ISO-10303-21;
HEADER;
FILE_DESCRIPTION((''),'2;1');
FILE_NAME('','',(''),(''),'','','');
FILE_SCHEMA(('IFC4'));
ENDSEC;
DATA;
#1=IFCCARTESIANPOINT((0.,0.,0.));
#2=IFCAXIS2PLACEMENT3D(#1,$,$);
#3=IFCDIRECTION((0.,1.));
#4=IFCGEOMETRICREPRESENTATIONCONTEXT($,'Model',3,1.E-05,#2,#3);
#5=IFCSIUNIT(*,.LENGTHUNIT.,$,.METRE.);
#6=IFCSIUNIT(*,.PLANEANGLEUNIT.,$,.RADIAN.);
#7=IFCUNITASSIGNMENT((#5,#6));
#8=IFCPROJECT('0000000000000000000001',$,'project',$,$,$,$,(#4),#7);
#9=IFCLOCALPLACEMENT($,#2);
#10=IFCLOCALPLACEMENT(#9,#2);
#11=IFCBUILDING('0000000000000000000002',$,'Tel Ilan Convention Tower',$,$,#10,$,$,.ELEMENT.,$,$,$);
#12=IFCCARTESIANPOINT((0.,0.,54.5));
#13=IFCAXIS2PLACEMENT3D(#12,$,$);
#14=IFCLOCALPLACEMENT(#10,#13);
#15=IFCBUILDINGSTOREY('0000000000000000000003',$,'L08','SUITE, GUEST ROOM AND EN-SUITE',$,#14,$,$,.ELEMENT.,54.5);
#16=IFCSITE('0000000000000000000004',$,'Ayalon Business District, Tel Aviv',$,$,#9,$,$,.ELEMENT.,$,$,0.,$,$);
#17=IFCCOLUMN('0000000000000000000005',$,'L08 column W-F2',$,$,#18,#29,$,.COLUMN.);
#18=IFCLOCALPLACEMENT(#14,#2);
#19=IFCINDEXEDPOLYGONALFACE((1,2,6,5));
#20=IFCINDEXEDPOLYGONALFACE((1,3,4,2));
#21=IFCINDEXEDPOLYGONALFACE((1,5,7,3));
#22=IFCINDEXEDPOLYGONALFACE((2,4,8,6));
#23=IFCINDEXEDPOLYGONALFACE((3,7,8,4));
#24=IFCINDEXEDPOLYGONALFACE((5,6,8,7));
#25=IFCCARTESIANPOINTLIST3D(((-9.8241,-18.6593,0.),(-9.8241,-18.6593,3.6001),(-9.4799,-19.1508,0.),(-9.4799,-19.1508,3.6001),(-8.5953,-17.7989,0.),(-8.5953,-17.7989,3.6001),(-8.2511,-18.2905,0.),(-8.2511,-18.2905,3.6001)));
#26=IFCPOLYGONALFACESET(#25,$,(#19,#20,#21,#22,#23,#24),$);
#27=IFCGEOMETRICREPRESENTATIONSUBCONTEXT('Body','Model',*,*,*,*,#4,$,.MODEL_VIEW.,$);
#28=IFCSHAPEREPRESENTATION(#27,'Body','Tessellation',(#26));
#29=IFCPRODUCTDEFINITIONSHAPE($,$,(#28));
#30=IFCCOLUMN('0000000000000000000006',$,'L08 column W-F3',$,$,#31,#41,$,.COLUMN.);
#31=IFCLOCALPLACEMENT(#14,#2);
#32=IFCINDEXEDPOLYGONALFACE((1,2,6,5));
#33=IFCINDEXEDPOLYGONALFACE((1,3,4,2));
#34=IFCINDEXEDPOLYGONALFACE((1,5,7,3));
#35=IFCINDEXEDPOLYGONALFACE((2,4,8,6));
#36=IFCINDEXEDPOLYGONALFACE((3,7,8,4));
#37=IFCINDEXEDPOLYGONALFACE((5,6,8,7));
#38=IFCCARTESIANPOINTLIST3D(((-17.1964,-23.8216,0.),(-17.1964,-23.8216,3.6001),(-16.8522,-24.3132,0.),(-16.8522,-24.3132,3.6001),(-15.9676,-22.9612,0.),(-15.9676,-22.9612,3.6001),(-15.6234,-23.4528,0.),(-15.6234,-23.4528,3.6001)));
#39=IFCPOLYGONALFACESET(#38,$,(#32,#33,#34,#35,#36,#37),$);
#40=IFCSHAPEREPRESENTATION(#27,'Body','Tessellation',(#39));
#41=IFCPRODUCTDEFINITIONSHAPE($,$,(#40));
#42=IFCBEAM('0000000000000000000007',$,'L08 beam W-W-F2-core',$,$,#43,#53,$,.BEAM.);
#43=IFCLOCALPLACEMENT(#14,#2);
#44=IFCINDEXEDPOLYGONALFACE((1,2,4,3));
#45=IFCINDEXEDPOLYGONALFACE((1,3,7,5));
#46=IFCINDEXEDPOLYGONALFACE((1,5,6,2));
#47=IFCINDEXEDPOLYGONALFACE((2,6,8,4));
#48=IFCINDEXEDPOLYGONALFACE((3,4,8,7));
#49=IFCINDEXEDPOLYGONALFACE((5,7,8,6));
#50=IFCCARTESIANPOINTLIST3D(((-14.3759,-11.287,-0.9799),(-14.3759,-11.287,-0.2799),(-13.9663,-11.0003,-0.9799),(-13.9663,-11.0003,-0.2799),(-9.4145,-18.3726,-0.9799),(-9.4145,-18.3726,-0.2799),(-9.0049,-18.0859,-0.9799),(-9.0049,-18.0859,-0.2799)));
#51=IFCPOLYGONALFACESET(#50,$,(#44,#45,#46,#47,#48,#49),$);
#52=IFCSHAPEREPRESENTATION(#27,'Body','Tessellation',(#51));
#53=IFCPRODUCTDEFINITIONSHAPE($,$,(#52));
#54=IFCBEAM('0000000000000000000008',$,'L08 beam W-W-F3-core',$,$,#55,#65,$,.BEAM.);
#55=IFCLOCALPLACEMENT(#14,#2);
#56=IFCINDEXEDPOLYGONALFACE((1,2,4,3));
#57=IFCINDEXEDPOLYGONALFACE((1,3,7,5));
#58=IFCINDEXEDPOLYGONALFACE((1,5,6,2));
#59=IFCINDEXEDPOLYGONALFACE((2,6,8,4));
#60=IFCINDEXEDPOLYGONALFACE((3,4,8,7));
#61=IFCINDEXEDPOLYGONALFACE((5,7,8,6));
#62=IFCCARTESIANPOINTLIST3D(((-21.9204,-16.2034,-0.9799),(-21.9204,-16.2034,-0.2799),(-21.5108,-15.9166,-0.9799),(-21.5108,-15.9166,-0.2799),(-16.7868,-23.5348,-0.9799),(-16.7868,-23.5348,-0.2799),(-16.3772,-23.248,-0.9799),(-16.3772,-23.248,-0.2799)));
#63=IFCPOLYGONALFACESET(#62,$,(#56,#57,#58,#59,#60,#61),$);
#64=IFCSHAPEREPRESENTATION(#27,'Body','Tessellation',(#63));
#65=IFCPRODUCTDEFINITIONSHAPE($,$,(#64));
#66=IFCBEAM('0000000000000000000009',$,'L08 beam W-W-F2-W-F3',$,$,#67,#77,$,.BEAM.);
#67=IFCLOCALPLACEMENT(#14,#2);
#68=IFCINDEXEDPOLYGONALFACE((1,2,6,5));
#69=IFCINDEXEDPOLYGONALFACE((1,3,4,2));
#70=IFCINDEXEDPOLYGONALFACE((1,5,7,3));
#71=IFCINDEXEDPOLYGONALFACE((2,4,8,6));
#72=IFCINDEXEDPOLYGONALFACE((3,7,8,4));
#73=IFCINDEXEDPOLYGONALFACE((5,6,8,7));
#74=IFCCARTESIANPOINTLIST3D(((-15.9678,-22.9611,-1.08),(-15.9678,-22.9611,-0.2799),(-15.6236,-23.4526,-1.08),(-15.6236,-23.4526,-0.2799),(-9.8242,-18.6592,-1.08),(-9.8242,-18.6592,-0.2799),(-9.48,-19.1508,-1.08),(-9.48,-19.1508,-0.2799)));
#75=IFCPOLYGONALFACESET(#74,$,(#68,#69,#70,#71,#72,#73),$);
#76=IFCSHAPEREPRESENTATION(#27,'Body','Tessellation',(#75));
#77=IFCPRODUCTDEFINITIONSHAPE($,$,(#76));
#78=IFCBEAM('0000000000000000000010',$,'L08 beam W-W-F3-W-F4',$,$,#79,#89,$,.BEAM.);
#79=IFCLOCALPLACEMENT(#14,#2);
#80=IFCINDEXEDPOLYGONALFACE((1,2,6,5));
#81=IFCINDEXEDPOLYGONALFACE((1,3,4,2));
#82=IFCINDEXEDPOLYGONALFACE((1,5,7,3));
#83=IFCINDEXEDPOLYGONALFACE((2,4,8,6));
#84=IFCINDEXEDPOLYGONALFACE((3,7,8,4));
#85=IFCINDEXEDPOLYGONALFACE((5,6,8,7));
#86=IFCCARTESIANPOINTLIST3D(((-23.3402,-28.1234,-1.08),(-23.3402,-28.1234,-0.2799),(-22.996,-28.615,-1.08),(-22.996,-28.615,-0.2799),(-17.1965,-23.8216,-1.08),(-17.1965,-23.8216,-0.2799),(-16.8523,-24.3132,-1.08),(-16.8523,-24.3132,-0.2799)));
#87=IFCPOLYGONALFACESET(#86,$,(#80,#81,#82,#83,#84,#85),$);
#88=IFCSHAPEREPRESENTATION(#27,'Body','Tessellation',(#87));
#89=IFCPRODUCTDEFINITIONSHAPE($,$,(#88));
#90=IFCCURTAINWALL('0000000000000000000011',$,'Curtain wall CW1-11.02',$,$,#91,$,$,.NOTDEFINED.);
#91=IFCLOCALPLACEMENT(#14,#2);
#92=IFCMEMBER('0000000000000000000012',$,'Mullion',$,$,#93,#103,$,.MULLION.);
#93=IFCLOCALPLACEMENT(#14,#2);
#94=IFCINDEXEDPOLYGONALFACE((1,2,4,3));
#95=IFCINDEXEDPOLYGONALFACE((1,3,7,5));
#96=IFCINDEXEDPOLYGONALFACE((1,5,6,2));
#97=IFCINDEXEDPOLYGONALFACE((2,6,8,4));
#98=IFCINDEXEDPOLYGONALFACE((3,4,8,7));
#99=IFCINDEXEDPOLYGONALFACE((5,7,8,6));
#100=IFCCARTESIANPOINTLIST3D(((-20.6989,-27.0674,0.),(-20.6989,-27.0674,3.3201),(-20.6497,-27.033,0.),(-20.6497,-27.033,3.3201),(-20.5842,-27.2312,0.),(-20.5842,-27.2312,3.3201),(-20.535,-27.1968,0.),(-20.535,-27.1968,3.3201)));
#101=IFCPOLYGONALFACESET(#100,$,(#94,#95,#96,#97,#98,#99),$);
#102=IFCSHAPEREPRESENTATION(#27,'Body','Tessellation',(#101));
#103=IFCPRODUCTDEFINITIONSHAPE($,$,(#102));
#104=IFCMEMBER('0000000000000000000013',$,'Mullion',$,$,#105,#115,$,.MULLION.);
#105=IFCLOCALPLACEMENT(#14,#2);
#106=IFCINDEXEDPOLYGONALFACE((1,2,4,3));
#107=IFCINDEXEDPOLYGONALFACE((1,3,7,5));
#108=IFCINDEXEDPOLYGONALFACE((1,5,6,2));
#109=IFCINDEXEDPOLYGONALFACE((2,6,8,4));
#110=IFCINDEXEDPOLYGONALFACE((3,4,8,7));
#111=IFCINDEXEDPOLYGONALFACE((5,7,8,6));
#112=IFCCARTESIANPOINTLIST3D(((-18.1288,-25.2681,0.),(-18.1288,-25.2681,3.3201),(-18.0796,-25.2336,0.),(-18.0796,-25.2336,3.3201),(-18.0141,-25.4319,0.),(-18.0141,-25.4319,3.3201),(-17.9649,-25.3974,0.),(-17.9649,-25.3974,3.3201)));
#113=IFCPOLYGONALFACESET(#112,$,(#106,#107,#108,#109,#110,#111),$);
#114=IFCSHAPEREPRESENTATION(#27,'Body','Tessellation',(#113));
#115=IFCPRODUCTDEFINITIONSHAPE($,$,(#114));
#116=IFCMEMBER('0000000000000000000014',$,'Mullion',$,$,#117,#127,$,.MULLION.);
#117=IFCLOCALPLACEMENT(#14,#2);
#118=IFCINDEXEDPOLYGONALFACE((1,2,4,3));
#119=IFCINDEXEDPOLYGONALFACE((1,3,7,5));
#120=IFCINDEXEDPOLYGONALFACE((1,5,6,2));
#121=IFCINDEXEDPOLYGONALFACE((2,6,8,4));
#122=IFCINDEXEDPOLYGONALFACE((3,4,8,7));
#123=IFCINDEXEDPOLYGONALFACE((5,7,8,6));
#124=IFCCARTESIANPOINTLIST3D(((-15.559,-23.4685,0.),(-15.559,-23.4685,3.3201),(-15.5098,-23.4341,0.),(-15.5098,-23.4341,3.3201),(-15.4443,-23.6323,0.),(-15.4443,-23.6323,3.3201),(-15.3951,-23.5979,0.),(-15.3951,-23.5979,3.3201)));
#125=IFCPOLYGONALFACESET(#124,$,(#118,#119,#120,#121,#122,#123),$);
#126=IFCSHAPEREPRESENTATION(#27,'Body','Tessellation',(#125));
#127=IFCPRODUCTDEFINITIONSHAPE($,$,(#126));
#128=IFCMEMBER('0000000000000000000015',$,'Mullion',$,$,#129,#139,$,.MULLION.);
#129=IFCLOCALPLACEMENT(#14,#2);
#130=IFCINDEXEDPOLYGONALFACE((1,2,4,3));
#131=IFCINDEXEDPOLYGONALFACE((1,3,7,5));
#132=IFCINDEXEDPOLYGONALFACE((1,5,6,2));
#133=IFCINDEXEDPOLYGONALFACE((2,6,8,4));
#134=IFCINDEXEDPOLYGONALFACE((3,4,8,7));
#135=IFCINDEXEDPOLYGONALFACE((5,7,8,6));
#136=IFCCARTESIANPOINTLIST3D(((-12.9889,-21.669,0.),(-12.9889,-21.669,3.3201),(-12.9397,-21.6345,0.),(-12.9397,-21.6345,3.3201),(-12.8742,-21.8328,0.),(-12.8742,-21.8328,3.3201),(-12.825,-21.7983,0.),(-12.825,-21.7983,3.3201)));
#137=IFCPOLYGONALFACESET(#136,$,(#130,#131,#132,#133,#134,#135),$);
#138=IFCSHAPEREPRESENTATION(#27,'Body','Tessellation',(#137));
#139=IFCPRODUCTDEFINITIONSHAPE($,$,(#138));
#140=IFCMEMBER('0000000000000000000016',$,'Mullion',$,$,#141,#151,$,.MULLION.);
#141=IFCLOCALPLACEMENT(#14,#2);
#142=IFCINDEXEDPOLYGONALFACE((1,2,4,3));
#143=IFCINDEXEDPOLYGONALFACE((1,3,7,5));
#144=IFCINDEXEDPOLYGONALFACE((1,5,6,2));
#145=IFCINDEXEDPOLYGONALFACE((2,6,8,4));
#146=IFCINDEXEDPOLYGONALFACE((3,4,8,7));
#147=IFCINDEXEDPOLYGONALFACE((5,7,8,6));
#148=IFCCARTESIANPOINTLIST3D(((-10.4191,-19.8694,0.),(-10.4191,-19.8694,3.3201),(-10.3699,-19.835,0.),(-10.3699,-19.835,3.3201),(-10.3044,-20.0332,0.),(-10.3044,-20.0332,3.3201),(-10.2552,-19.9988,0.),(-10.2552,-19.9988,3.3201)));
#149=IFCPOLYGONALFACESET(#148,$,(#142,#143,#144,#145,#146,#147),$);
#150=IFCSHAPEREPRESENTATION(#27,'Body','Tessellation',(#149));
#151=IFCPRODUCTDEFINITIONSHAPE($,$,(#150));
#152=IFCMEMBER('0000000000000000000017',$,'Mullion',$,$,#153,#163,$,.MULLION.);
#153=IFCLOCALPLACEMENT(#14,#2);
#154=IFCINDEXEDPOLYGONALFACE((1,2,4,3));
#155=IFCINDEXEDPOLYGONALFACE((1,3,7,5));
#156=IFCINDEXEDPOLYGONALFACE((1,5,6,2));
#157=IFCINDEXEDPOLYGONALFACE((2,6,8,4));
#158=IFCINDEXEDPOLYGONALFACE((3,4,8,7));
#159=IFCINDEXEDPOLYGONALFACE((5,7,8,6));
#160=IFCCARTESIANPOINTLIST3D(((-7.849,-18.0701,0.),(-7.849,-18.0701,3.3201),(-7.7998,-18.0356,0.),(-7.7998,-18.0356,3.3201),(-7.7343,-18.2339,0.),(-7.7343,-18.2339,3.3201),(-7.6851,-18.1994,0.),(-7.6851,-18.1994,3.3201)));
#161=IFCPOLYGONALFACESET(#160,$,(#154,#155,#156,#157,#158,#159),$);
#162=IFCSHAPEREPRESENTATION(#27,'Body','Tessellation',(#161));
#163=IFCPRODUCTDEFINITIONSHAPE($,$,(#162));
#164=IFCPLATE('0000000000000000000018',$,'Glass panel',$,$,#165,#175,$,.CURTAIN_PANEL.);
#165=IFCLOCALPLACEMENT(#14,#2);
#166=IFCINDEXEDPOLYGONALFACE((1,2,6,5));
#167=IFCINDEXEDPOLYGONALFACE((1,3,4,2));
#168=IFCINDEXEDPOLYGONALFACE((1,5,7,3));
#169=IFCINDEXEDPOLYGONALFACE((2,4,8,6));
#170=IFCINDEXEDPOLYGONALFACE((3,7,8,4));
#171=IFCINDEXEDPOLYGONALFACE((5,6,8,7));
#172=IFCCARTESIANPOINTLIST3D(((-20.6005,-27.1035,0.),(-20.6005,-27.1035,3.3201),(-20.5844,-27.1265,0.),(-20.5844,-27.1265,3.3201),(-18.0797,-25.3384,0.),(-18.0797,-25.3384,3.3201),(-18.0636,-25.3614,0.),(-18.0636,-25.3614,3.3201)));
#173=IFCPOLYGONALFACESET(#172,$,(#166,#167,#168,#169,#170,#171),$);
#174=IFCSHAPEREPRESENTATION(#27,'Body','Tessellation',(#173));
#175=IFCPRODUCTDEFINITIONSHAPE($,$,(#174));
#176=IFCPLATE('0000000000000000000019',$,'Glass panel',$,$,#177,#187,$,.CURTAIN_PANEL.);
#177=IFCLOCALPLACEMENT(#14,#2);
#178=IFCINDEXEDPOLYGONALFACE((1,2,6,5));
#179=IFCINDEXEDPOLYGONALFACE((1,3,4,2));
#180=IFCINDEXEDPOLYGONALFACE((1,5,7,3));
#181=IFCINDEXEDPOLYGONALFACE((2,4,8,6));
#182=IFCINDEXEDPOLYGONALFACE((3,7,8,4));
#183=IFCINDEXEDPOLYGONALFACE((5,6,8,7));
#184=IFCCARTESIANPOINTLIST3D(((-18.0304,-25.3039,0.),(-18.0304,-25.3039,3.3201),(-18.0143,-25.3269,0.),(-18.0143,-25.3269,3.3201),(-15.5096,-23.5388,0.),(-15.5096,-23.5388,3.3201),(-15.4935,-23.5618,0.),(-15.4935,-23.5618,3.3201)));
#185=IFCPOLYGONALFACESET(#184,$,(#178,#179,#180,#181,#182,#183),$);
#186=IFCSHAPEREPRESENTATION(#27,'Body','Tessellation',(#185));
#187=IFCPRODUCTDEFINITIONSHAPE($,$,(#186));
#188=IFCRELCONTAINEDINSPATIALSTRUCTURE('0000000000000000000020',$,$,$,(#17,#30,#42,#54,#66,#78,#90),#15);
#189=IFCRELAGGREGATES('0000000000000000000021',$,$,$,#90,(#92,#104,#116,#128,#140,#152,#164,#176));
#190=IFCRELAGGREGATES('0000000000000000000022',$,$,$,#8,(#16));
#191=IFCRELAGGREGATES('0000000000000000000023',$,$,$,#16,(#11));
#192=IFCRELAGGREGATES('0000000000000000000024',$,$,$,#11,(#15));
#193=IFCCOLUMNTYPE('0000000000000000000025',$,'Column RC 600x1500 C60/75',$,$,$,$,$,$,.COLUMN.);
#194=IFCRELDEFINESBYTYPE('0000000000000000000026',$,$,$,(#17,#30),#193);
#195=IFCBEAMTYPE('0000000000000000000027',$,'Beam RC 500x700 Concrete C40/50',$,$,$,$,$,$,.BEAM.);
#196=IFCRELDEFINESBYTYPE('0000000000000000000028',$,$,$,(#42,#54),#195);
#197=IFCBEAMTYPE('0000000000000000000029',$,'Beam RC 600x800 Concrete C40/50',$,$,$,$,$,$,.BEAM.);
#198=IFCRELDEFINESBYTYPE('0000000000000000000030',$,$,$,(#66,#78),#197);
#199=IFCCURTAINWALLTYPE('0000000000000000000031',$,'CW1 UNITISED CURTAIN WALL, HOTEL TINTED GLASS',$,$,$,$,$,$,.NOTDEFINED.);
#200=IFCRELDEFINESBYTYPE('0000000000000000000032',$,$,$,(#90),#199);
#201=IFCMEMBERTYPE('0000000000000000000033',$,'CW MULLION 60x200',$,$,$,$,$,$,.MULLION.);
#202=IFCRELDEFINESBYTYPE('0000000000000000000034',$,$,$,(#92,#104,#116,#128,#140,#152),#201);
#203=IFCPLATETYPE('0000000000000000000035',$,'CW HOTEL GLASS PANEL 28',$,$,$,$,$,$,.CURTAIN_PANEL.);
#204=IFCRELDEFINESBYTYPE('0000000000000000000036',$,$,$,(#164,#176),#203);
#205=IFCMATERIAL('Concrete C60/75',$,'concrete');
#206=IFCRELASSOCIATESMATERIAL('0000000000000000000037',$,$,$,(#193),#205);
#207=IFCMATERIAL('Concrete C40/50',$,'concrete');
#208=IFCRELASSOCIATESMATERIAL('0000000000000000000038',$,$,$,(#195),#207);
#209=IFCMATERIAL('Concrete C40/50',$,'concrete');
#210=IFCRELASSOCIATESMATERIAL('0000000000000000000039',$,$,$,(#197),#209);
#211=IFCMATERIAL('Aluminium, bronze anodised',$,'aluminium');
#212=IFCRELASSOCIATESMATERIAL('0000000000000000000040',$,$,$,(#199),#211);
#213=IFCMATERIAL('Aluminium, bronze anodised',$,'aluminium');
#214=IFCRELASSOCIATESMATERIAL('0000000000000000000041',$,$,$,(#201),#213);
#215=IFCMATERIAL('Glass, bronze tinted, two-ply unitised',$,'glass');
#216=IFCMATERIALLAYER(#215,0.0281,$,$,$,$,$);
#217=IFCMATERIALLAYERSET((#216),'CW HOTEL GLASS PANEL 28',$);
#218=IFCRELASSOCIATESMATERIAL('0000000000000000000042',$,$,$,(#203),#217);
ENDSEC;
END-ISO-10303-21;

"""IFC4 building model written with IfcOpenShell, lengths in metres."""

from ifc_helpers import new_model, si_unit, direction, frame, origin, origin_2d, place, context, subcontext, project, spatial, rectangle, extrude, material, layer, layer_set, material_profile, profile_set, type_object, element, aggregate, save


model = new_model("IFC4")

# Units and contexts
model_context = context("Model", 3, precision=1e-05, world=origin(), true_north=direction((0.0, 1.0)))
body_context = subcontext(model_context, "Body", "Model", "MODEL_VIEW")
ifc_project = project(units=[si_unit("LENGTHUNIT", "METRE"), si_unit("PLANEANGLEUNIT", "RADIAN")], contexts=[model_context])

# Site, building, storey
site_placement = place(None, origin())
site = spatial("IfcSite", under=ifc_project, at=site_placement, Name="Ayalon Business District, Tel Aviv", CompositionType="ELEMENT", RefElevation=0.0)
building_placement = place(site_placement, origin())
building = spatial("IfcBuilding", under=site, at=building_placement, Name="Tel Ilan Convention Tower", CompositionType="ELEMENT")
storey_placement = place(building_placement, frame((0.0, 0.0, 54.5)))
storey = spatial("IfcBuildingStorey", under=building, at=storey_placement, Name="L08", Description="SUITE, GUEST ROOM AND EN-SUITE", CompositionType="ELEMENT", Elevation=54.5)

# Columns
ifc_material_1 = material(Name="Concrete C60/75", Category="concrete")
ifc_material_profile_1 = material_profile(ifc_material_1, rectangle(XDim=1.5, YDim=0.6001, at=origin_2d()), Name="RC 600x1500")
ifc_profile_set_1 = profile_set([ifc_material_profile_1], Name="Concrete C60/75")
column_type = type_object("IfcColumnType", Name="Column RC 600x1500 C60/75", PredefinedType="COLUMN", material=ifc_profile_set_1)
for number, where, z_axis, x_axis, name in (
    (1, (-9.0376, -18.4749, 0.0), (0.0, 0.0, 1.0), (-0.819152, -0.573576, 0.0), "L08 column W-F2"),
    (2, (-16.4099, -23.6372, 0.0), (0.0, 0.0, 1.0), (-0.819152, -0.573576, 0.0), "L08 column W-F3"),
):
    element("IfcColumn", number, at=place(storey_placement, frame(where, z_axis=z_axis, x_axis=x_axis)), inside=storey, type_object=column_type, Name=name, PredefinedType="COLUMN", context=body_context, shape_type="SweptSolid", body=[
        extrude(rectangle(XDim=1.5, YDim=0.6001, at=origin_2d()), origin(), (0.0, 0.0, 1.0), 3.6001),
    ])

# Beams
ifc_material_2 = material(Name="Concrete C40/50", Category="concrete")
ifc_material_profile_2 = material_profile(ifc_material_2, rectangle(XDim=0.5, YDim=0.7, at=origin_2d()), Name="RC 500x700")
ifc_profile_set_2 = profile_set([ifc_material_profile_2], Name="Concrete C40/50")
beam_type_1 = type_object("IfcBeamType", Name="Beam RC 500x700 Concrete C40/50", PredefinedType="BEAM", material=ifc_profile_set_2)
beam_1_placement = place(storey_placement, frame((-9.2097, -18.2292, -0.6299), z_axis=(-0.573574, 0.819154, 0.0), x_axis=(-0.819154, -0.573574, 0.0)))
element("IfcBeam", 3, at=beam_1_placement, inside=storey, type_object=beam_type_1, Name="L08 beam W-W-F2-core", PredefinedType="BEAM", context=body_context, shape_type="SweptSolid", body=[
    extrude(rectangle(XDim=0.5, YDim=0.7, at=origin_2d()), origin(), (0.0, 0.0, 1.0), 8.6499),
])
beam_2_placement = place(storey_placement, frame((-16.582, -23.3914, -0.6299), z_axis=(-0.573585, 0.819146, 0.0), x_axis=(-0.819146, -0.573585, 0.0)))
element("IfcBeam", 4, at=beam_2_placement, inside=storey, type_object=beam_type_1, Name="L08 beam W-W-F3-core", PredefinedType="BEAM", context=body_context, shape_type="SweptSolid", body=[
    extrude(rectangle(XDim=0.5, YDim=0.7, at=origin_2d()), origin(), (0.0, 0.0, 1.0), 8.95),
])
ifc_material_3 = material(Name="Concrete C40/50", Category="concrete")
ifc_material_profile_3 = material_profile(ifc_material_3, rectangle(XDim=0.6001, YDim=0.8, at=origin_2d()), Name="RC 600x800")
ifc_profile_set_3 = profile_set([ifc_material_profile_3], Name="Concrete C40/50")
beam_type_2 = type_object("IfcBeamType", Name="Beam RC 600x800 Concrete C40/50", PredefinedType="BEAM", material=ifc_profile_set_3)
for number, where, z_axis, x_axis, name in (
    (5, (-9.6521, -18.905, -0.6799), (-0.819152, -0.573576, 0.0), (0.573576, -0.819152, 0.0), "L08 beam W-W-F2-W-F3"),
    (6, (-17.0244, -24.0674, -0.6799), (-0.819152, -0.573576, 0.0), (0.573576, -0.819152, 0.0), "L08 beam W-W-F3-W-F4"),
):
    element("IfcBeam", number, at=place(storey_placement, frame(where, z_axis=z_axis, x_axis=x_axis)), inside=storey, type_object=beam_type_2, Name=name, PredefinedType="BEAM", context=body_context, shape_type="SweptSolid", body=[
        extrude(rectangle(XDim=0.6001, YDim=0.8, at=origin_2d()), origin(), (0.0, 0.0, 1.0), 7.5),
    ])

# Curtain wall, members, plates
ifc_material_4 = material(Name="Aluminium, bronze anodised", Category="aluminium")
curtain_wall_type = type_object("IfcCurtainWallType", Name="CW1 UNITISED CURTAIN WALL, HOTEL TINTED GLASS", PredefinedType="NOTDEFINED", material=ifc_material_4)
curtain_wall_placement = place(storey_placement, origin())
curtain_wall = element("IfcCurtainWall", 7, at=curtain_wall_placement, inside=storey, type_object=curtain_wall_type, Name="Curtain wall CW1-11.02", PredefinedType="NOTDEFINED")
ifc_material_5 = material(Name="Aluminium, bronze anodised", Category="aluminium")
ifc_material_profile_4 = material_profile(ifc_material_5, rectangle(XDim=0.0601, YDim=0.2, at=origin_2d()), Name="CW MULLION 60x200")
ifc_profile_set_4 = profile_set([ifc_material_profile_4], Name="Aluminium, bronze anodised")
member_type = type_object("IfcMemberType", Name="CW MULLION 60x200", PredefinedType="MULLION", material=ifc_profile_set_4)
member_1_placement = place(storey_placement, frame((-20.6169, -27.1321, 0.0), z_axis=(0.0, 0.0, 1.0), x_axis=(0.819152, 0.573576, 0.0)))
member_1 = element("IfcMember", 8, at=member_1_placement, type_object=member_type, Name="Mullion", PredefinedType="MULLION", context=body_context, shape_type="SweptSolid", body=[
    extrude(rectangle(XDim=0.0601, YDim=0.2, at=origin_2d()), origin(), (0.0, 0.0, 1.0), 3.3201),
])
member_2_placement = place(storey_placement, frame((-18.0469, -25.3328, 0.0), z_axis=(0.0, 0.0, 1.0), x_axis=(0.819152, 0.573576, 0.0)))
member_2 = element("IfcMember", 9, at=member_2_placement, type_object=member_type, Name="Mullion", PredefinedType="MULLION", context=body_context, shape_type="SweptSolid", body=[
    extrude(rectangle(XDim=0.0601, YDim=0.2, at=origin_2d()), origin(), (0.0, 0.0, 1.0), 3.3201),
])
member_3_placement = place(storey_placement, frame((-15.4771, -23.5332, 0.0), z_axis=(0.0, 0.0, 1.0), x_axis=(0.819152, 0.573576, 0.0)))
member_3 = element("IfcMember", 10, at=member_3_placement, type_object=member_type, Name="Mullion", PredefinedType="MULLION", context=body_context, shape_type="SweptSolid", body=[
    extrude(rectangle(XDim=0.0601, YDim=0.2, at=origin_2d()), origin(), (0.0, 0.0, 1.0), 3.3201),
])
member_4_placement = place(storey_placement, frame((-12.907, -21.7336, 0.0), z_axis=(0.0, 0.0, 1.0), x_axis=(0.819152, 0.573576, 0.0)))
member_4 = element("IfcMember", 11, at=member_4_placement, type_object=member_type, Name="Mullion", PredefinedType="MULLION", context=body_context, shape_type="SweptSolid", body=[
    extrude(rectangle(XDim=0.0601, YDim=0.2, at=origin_2d()), origin(), (0.0, 0.0, 1.0), 3.3201),
])
member_5_placement = place(storey_placement, frame((-10.3372, -19.9341, 0.0), z_axis=(0.0, 0.0, 1.0), x_axis=(0.819152, 0.573576, 0.0)))
member_5 = element("IfcMember", 12, at=member_5_placement, type_object=member_type, Name="Mullion", PredefinedType="MULLION", context=body_context, shape_type="SweptSolid", body=[
    extrude(rectangle(XDim=0.0601, YDim=0.2, at=origin_2d()), origin(), (0.0, 0.0, 1.0), 3.3201),
])
member_6_placement = place(storey_placement, frame((-7.7671, -18.1348, 0.0), z_axis=(0.0, 0.0, 1.0), x_axis=(0.819152, 0.573576, 0.0)))
member_6 = element("IfcMember", 13, at=member_6_placement, type_object=member_type, Name="Mullion", PredefinedType="MULLION", context=body_context, shape_type="SweptSolid", body=[
    extrude(rectangle(XDim=0.0601, YDim=0.2, at=origin_2d()), origin(), (0.0, 0.0, 1.0), 3.3201),
])
ifc_material_6 = material(Name="Glass, bronze tinted, two-ply unitised", Category="glass")
ifc_layer_1 = layer(ifc_material_6, 0.0281)
ifc_layer_set_1 = layer_set([ifc_layer_1], Name="CW HOTEL GLASS PANEL 28")
plate_type = type_object("IfcPlateType", Name="CW HOTEL GLASS PANEL 28", PredefinedType="CURTAIN_PANEL", material=ifc_layer_set_1)
plate_1_placement = place(storey_placement, frame((-19.332, -26.2324, 0.0), z_axis=(0.0, 0.0, 1.0), x_axis=(0.819152, 0.573576, 0.0)))
plate_1 = element("IfcPlate", 14, at=plate_1_placement, type_object=plate_type, Name="Glass panel", PredefinedType="CURTAIN_PANEL", context=body_context, shape_type="SweptSolid", body=[
    extrude(rectangle(XDim=3.0774, YDim=0.0281, at=origin_2d()), origin(), (0.0, 0.0, 1.0), 3.3201),
])
plate_2_placement = place(storey_placement, frame((-16.762, -24.4329, 0.0), z_axis=(0.0, 0.0, 1.0), x_axis=(0.819152, 0.573576, 0.0)))
plate_2 = element("IfcPlate", 15, at=plate_2_placement, type_object=plate_type, Name="Glass panel", PredefinedType="CURTAIN_PANEL", context=body_context, shape_type="SweptSolid", body=[
    extrude(rectangle(XDim=3.0774, YDim=0.0281, at=origin_2d()), origin(), (0.0, 0.0, 1.0), 3.3201),
])
aggregate(curtain_wall, [member_1, member_2, member_3, member_4, member_5, member_6, plate_1, plate_2])

save(model, "model.ifc")
